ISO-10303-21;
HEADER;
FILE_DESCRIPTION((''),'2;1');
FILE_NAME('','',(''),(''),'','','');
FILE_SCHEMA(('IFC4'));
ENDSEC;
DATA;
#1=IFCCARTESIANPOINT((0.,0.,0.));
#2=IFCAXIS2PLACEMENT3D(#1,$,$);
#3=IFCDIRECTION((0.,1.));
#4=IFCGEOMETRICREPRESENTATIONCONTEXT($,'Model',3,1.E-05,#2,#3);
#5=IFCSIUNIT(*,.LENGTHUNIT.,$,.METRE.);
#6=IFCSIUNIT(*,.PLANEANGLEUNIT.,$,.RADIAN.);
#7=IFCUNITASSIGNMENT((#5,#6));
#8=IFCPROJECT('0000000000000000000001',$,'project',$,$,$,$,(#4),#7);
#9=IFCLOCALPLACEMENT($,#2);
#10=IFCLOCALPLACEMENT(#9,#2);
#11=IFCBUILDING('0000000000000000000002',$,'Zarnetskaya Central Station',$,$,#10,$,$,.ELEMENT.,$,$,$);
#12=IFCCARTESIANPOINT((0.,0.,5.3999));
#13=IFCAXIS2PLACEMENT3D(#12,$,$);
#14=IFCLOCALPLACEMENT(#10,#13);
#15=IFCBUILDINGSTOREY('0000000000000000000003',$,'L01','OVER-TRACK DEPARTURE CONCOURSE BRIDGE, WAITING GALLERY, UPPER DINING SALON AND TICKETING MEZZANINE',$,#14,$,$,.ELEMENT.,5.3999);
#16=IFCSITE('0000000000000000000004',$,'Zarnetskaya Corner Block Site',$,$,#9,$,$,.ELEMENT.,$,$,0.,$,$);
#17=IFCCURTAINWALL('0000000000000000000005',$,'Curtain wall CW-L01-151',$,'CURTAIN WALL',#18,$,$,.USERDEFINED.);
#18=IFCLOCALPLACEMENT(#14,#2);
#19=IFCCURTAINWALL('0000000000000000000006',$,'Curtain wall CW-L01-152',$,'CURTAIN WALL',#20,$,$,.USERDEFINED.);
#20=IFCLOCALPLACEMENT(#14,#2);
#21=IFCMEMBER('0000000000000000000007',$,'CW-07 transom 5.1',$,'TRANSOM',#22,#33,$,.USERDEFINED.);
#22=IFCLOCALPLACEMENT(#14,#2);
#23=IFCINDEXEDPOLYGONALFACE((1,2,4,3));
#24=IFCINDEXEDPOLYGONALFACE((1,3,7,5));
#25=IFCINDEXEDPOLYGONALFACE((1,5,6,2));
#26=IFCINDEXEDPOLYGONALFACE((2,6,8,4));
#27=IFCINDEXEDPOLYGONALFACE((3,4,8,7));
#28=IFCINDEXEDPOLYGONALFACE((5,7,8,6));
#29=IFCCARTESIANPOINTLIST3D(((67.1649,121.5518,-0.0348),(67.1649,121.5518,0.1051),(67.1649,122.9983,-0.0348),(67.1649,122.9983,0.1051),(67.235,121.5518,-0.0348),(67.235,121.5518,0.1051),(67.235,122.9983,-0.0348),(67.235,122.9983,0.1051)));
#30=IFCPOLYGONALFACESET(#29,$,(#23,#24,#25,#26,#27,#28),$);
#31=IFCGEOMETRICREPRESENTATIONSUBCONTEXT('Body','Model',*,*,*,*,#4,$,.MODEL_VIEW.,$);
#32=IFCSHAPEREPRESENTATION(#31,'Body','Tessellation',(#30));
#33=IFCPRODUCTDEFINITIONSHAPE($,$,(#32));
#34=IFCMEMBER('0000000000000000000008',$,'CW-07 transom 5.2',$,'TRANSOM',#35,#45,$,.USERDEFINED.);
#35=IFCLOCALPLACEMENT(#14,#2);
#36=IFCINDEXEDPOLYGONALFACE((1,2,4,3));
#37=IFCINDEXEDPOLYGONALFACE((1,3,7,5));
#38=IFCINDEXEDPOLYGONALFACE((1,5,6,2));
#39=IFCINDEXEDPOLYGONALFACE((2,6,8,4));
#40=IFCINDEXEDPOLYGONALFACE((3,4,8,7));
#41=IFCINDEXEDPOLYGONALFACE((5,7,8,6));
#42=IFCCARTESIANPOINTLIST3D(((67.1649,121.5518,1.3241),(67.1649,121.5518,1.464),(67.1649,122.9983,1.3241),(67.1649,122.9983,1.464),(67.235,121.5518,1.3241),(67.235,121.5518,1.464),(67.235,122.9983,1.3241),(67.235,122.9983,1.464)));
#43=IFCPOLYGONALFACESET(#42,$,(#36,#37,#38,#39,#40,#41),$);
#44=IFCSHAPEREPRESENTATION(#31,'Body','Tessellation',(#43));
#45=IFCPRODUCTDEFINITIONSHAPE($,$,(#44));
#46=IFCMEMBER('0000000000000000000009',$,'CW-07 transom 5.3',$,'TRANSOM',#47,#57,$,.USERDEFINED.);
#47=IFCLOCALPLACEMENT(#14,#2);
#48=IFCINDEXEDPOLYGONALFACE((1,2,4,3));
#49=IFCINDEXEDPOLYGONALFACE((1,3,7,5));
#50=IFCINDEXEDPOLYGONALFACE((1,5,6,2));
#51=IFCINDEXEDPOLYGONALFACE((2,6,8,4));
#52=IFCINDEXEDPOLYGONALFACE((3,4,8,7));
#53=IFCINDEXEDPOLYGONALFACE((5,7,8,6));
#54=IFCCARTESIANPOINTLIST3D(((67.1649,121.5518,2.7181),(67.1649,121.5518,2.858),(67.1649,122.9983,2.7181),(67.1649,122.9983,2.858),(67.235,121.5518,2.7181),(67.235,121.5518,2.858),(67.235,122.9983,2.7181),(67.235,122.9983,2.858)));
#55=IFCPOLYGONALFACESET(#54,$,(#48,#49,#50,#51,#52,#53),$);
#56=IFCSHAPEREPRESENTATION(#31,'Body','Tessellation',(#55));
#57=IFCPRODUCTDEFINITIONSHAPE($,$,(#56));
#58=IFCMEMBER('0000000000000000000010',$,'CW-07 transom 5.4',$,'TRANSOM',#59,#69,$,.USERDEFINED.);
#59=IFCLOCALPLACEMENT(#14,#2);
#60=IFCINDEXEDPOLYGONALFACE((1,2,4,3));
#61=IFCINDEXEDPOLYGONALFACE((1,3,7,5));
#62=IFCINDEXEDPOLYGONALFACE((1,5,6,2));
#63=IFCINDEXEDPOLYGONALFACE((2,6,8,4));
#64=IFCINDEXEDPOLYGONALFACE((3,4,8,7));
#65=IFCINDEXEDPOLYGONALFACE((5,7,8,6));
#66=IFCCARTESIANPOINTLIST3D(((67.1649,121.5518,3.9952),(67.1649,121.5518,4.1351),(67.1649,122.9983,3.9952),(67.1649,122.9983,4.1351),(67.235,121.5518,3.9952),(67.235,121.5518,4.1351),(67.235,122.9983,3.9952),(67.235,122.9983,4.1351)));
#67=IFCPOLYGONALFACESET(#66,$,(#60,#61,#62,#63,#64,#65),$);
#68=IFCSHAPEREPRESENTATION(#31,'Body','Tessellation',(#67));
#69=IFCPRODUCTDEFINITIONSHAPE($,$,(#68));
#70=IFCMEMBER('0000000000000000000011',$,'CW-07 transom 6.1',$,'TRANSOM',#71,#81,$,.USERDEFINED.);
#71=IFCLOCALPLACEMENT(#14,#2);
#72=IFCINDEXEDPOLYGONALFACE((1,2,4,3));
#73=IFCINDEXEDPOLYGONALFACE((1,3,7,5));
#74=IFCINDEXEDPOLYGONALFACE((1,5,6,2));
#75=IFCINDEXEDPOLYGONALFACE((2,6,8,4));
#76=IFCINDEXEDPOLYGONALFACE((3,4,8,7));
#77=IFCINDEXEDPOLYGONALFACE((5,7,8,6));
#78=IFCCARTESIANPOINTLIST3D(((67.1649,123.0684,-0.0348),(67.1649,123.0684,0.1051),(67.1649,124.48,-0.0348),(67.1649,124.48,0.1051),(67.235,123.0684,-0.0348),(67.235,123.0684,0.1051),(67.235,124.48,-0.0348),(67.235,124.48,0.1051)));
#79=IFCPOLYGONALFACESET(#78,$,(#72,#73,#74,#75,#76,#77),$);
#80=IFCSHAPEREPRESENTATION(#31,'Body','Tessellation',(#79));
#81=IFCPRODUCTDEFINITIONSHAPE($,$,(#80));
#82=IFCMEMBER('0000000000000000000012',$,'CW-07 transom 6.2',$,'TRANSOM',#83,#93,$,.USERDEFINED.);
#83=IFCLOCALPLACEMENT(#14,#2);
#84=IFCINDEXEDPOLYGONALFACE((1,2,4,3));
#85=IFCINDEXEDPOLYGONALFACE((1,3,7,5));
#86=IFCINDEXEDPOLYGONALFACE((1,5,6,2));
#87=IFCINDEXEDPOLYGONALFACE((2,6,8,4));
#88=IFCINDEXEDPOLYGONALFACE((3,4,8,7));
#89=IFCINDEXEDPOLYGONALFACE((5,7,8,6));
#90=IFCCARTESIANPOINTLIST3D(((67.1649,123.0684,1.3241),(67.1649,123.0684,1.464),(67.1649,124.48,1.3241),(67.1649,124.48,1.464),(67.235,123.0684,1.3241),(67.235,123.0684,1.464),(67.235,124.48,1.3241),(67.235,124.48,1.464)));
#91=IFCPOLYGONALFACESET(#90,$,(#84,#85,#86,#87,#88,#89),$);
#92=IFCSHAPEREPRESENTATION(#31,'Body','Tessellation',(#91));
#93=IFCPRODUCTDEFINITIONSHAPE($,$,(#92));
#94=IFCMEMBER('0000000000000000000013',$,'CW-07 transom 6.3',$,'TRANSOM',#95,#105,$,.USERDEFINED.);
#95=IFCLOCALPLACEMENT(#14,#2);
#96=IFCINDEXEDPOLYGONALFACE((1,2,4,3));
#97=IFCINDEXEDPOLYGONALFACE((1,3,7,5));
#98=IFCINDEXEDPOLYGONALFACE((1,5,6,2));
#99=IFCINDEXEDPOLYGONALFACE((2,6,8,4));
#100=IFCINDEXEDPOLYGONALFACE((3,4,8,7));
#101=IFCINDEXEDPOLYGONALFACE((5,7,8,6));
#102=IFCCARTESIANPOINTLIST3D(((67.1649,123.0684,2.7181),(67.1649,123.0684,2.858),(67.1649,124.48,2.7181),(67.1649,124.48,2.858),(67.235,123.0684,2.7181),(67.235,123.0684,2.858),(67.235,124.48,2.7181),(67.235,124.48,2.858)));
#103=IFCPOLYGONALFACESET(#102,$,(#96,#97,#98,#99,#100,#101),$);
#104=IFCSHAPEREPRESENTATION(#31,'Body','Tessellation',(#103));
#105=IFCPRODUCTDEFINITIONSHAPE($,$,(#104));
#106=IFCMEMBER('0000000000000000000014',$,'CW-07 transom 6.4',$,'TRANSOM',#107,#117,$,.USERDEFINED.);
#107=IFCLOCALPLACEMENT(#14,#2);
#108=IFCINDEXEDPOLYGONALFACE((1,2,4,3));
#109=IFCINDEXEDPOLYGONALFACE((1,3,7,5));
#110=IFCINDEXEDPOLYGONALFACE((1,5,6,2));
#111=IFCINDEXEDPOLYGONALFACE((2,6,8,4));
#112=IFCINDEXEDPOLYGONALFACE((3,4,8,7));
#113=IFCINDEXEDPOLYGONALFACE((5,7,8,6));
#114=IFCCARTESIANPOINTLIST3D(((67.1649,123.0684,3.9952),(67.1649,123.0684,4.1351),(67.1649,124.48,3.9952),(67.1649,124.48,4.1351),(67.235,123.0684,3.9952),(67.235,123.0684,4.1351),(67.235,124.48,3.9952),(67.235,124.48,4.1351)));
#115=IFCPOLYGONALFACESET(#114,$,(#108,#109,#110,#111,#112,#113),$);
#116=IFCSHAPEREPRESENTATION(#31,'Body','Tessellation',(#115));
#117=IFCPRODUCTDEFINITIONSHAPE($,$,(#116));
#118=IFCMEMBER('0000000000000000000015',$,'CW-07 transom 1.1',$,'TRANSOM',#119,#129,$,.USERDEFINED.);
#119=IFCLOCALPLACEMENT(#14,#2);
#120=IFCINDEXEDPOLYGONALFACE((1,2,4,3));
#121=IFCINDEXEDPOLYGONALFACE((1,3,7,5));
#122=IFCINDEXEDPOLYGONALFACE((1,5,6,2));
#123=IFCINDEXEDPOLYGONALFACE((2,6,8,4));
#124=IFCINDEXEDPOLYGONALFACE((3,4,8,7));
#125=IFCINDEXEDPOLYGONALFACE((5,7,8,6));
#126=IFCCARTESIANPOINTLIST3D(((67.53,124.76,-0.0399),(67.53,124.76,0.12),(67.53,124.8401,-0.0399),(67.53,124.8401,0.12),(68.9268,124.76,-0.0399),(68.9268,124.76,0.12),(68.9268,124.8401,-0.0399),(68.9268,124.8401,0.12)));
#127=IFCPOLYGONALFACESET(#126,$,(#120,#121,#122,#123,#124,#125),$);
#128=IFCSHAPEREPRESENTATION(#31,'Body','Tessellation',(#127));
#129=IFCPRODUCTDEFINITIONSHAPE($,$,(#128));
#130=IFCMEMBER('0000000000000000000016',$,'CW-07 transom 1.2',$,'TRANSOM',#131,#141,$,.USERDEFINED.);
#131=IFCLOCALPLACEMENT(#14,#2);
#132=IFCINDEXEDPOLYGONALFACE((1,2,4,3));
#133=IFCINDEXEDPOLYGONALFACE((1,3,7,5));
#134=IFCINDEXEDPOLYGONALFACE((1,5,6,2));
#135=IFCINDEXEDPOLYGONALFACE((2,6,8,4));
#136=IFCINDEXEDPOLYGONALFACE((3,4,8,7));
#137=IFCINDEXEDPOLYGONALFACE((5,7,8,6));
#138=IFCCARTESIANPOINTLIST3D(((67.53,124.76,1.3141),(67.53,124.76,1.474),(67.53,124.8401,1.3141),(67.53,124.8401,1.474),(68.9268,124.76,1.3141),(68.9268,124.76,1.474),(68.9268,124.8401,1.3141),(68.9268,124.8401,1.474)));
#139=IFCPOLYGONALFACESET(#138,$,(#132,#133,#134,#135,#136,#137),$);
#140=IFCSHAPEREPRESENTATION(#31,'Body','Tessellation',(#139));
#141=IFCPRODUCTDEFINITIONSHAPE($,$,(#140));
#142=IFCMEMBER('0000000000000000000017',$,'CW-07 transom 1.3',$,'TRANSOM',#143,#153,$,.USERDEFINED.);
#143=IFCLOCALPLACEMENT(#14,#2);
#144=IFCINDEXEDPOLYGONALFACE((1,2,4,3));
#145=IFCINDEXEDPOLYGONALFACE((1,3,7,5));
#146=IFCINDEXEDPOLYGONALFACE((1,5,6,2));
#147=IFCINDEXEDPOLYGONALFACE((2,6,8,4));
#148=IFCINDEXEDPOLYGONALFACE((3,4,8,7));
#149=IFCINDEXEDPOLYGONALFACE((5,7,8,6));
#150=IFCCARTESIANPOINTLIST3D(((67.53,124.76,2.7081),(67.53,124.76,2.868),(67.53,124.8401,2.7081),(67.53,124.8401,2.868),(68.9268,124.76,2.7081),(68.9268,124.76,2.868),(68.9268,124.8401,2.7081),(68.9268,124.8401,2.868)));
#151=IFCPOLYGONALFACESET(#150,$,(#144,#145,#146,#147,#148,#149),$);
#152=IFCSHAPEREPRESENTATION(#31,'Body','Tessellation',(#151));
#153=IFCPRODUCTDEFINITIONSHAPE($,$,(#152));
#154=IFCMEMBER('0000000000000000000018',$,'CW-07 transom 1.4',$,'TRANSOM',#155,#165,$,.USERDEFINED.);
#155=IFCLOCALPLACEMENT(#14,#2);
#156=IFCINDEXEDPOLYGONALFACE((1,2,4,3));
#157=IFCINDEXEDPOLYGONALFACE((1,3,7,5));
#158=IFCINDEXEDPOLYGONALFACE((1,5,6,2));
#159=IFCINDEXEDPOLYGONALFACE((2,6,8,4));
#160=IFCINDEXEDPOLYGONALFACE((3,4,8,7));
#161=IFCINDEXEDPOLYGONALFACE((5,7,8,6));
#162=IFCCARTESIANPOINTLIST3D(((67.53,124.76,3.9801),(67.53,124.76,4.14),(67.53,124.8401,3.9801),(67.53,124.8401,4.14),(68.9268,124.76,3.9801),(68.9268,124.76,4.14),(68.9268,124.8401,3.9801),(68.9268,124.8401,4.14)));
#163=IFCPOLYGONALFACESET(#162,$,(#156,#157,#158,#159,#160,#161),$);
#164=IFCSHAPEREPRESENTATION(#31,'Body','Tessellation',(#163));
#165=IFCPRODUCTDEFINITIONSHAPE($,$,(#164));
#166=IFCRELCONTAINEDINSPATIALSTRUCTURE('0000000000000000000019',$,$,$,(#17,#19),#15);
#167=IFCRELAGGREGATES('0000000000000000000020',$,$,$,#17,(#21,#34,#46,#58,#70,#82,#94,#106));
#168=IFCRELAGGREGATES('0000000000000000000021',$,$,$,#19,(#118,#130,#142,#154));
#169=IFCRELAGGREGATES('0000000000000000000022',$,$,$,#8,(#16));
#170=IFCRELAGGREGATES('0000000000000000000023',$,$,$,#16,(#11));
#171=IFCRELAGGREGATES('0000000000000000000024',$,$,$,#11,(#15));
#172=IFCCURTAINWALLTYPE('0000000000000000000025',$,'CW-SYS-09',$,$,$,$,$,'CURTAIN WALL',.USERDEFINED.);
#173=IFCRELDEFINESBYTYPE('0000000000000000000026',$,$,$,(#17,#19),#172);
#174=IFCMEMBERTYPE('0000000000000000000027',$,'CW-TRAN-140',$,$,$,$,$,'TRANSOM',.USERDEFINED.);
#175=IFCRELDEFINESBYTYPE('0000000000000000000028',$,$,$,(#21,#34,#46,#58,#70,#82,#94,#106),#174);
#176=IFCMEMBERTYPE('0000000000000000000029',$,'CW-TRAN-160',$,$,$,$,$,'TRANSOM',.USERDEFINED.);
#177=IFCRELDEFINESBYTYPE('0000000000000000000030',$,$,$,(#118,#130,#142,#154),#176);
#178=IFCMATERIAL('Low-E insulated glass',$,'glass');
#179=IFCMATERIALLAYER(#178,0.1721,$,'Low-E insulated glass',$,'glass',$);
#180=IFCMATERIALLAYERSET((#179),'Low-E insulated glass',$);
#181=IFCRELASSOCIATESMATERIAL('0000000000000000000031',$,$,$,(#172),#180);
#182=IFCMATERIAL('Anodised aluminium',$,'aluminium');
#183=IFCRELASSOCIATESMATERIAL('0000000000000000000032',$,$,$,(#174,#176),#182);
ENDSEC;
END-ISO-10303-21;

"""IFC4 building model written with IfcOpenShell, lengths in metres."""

from ifc_helpers import new_model, si_unit, direction, frame, origin, origin_2d, place, context, subcontext, project, spatial, rectangle, extrude, material, layer, layer_set, material_profile, profile_set, type_object, element, aggregate, save


model = new_model("IFC4")

# Units and contexts
model_context = context("Model", 3, precision=1e-05, world=origin(), true_north=direction((0.0, 1.0)))
body_context = subcontext(model_context, "Body", "Model", "MODEL_VIEW")
ifc_project = project(units=[si_unit("LENGTHUNIT", "METRE"), si_unit("PLANEANGLEUNIT", "RADIAN")], contexts=[model_context])

# Site, building, storey
site_placement = place(None, origin())
site = spatial("IfcSite", under=ifc_project, at=site_placement, Name="Zarnetskaya Corner Block Site", CompositionType="ELEMENT", RefElevation=0.0)
building_placement = place(site_placement, origin())
building = spatial("IfcBuilding", under=site, at=building_placement, Name="Zarnetskaya Central Station", CompositionType="ELEMENT")
storey_placement = place(building_placement, frame((0.0, 0.0, 5.3999)))
storey = spatial("IfcBuildingStorey", under=building, at=storey_placement, Name="L01", Description="OVER-TRACK DEPARTURE CONCOURSE BRIDGE, WAITING GALLERY, UPPER DINING SALON AND TICKETING MEZZANINE", CompositionType="ELEMENT", Elevation=5.3999)

# Curtain wall
ifc_material_1 = material(Name="Low-E insulated glass", Category="glass")
ifc_layer_1 = layer(ifc_material_1, 0.1721, Name="Low-E insulated glass", Category="glass")
ifc_layer_set_1 = layer_set([ifc_layer_1], Name="Low-E insulated glass")
curtain_wall_type = type_object("IfcCurtainWallType", Name="CW-SYS-09", ElementType="CURTAIN WALL", PredefinedType="USERDEFINED", material=ifc_layer_set_1)
curtain_wall_1_placement = place(storey_placement, origin())
curtain_wall_1 = element("IfcCurtainWall", 1, at=curtain_wall_1_placement, inside=storey, type_object=curtain_wall_type, Name="Curtain wall CW-L01-151", ObjectType="CURTAIN WALL", PredefinedType="USERDEFINED")
ifc_material_2 = material(Name="Anodised aluminium", Category="aluminium")

# Curtain wall
curtain_wall_2_placement = place(storey_placement, origin())
curtain_wall_2 = element("IfcCurtainWall", 2, at=curtain_wall_2_placement, inside=storey, type_object=curtain_wall_type, Name="Curtain wall CW-L01-152", ObjectType="CURTAIN WALL", PredefinedType="USERDEFINED")

# Members
ifc_material_profile_1 = material_profile(ifc_material_2, rectangle(XDim=0.0701, YDim=0.1399, at=origin_2d()), Name="ALU TRAN 70x140")
ifc_profile_set_1 = profile_set([ifc_material_profile_1], Name="Anodised aluminium")
member_type_1 = type_object("IfcMemberType", Name="CW-TRAN-140", ElementType="TRANSOM", PredefinedType="USERDEFINED", material=ifc_profile_set_1)
member_1_placement = place(storey_placement, frame((67.2, 121.5518, 0.0352), z_axis=(0.0, 1.0, 0.0), x_axis=(-1.0, 0.0, 0.0)))
member_1 = element("IfcMember", 3, at=member_1_placement, type_object=member_type_1, Name="CW-07 transom 5.1", ObjectType="TRANSOM", PredefinedType="USERDEFINED", context=body_context, shape_type="SweptSolid", body=[
    extrude(rectangle(XDim=0.0701, YDim=0.1399, at=origin_2d()), origin(), (0.0, 0.0, 1.0), 1.4465),
])
member_2_placement = place(storey_placement, frame((67.2, 121.5518, 1.394), z_axis=(0.0, 1.0, 0.0), x_axis=(-1.0, 0.0, 0.0)))
member_2 = element("IfcMember", 4, at=member_2_placement, type_object=member_type_1, Name="CW-07 transom 5.2", ObjectType="TRANSOM", PredefinedType="USERDEFINED", context=body_context, shape_type="SweptSolid", body=[
    extrude(rectangle(XDim=0.0701, YDim=0.1399, at=origin_2d()), origin(), (0.0, 0.0, 1.0), 1.4465),
])
member_3_placement = place(storey_placement, frame((67.2, 121.5518, 2.7881), z_axis=(0.0, 1.0, 0.0), x_axis=(-1.0, 0.0, 0.0)))
member_3 = element("IfcMember", 5, at=member_3_placement, type_object=member_type_1, Name="CW-07 transom 5.3", ObjectType="TRANSOM", PredefinedType="USERDEFINED", context=body_context, shape_type="SweptSolid", body=[
    extrude(rectangle(XDim=0.0701, YDim=0.1399, at=origin_2d()), origin(), (0.0, 0.0, 1.0), 1.4465),
])
member_4_placement = place(storey_placement, frame((67.2, 121.5518, 4.0652), z_axis=(0.0, 1.0, 0.0), x_axis=(-1.0, 0.0, 0.0)))
member_4 = element("IfcMember", 6, at=member_4_placement, type_object=member_type_1, Name="CW-07 transom 5.4", ObjectType="TRANSOM", PredefinedType="USERDEFINED", context=body_context, shape_type="SweptSolid", body=[
    extrude(rectangle(XDim=0.0701, YDim=0.1399, at=origin_2d()), origin(), (0.0, 0.0, 1.0), 1.4465),
])
member_5_placement = place(storey_placement, frame((67.2, 123.0684, 0.0352), z_axis=(0.0, 1.0, 0.0), x_axis=(-1.0, 0.0, 0.0)))
member_5 = element("IfcMember", 7, at=member_5_placement, type_object=member_type_1, Name="CW-07 transom 6.1", ObjectType="TRANSOM", PredefinedType="USERDEFINED", context=body_context, shape_type="SweptSolid", body=[
    extrude(rectangle(XDim=0.0701, YDim=0.1399, at=origin_2d()), origin(), (0.0, 0.0, 1.0), 1.4116),
])
member_6_placement = place(storey_placement, frame((67.2, 123.0684, 1.394), z_axis=(0.0, 1.0, 0.0), x_axis=(-1.0, 0.0, 0.0)))
member_6 = element("IfcMember", 8, at=member_6_placement, type_object=member_type_1, Name="CW-07 transom 6.2", ObjectType="TRANSOM", PredefinedType="USERDEFINED", context=body_context, shape_type="SweptSolid", body=[
    extrude(rectangle(XDim=0.0701, YDim=0.1399, at=origin_2d()), origin(), (0.0, 0.0, 1.0), 1.4116),
])
member_7_placement = place(storey_placement, frame((67.2, 123.0684, 2.7881), z_axis=(0.0, 1.0, 0.0), x_axis=(-1.0, 0.0, 0.0)))
member_7 = element("IfcMember", 9, at=member_7_placement, type_object=member_type_1, Name="CW-07 transom 6.3", ObjectType="TRANSOM", PredefinedType="USERDEFINED", context=body_context, shape_type="SweptSolid", body=[
    extrude(rectangle(XDim=0.0701, YDim=0.1399, at=origin_2d()), origin(), (0.0, 0.0, 1.0), 1.4116),
])
member_8_placement = place(storey_placement, frame((67.2, 123.0684, 4.0652), z_axis=(0.0, 1.0, 0.0), x_axis=(-1.0, 0.0, 0.0)))
member_8 = element("IfcMember", 10, at=member_8_placement, type_object=member_type_1, Name="CW-07 transom 6.4", ObjectType="TRANSOM", PredefinedType="USERDEFINED", context=body_context, shape_type="SweptSolid", body=[
    extrude(rectangle(XDim=0.0701, YDim=0.1399, at=origin_2d()), origin(), (0.0, 0.0, 1.0), 1.4116),
])
ifc_material_profile_2 = material_profile(ifc_material_2, rectangle(XDim=0.0801, YDim=0.1599, at=origin_2d()), Name="ALU TRAN 80x160")
ifc_profile_set_2 = profile_set([ifc_material_profile_2], Name="Anodised aluminium")
member_type_2 = type_object("IfcMemberType", Name="CW-TRAN-160", ElementType="TRANSOM", PredefinedType="USERDEFINED", material=ifc_profile_set_2)
member_9_placement = place(storey_placement, frame((67.53, 124.8, 0.04), z_axis=(1.0, 0.0, 0.0), x_axis=(0.0, 1.0, 0.0)))
member_9 = element("IfcMember", 11, at=member_9_placement, type_object=member_type_2, Name="CW-07 transom 1.1", ObjectType="TRANSOM", PredefinedType="USERDEFINED", context=body_context, shape_type="SweptSolid", body=[
    extrude(rectangle(XDim=0.0801, YDim=0.1599, at=origin_2d()), origin(), (0.0, 0.0, 1.0), 1.3967),
])
member_10_placement = place(storey_placement, frame((67.53, 124.8, 1.394), z_axis=(1.0, 0.0, 0.0), x_axis=(0.0, 1.0, 0.0)))
member_10 = element("IfcMember", 12, at=member_10_placement, type_object=member_type_2, Name="CW-07 transom 1.2", ObjectType="TRANSOM", PredefinedType="USERDEFINED", context=body_context, shape_type="SweptSolid", body=[
    extrude(rectangle(XDim=0.0801, YDim=0.1599, at=origin_2d()), origin(), (0.0, 0.0, 1.0), 1.3967),
])
member_11_placement = place(storey_placement, frame((67.53, 124.8, 2.7881), z_axis=(1.0, 0.0, 0.0), x_axis=(0.0, 1.0, 0.0)))
member_11 = element("IfcMember", 13, at=member_11_placement, type_object=member_type_2, Name="CW-07 transom 1.3", ObjectType="TRANSOM", PredefinedType="USERDEFINED", context=body_context, shape_type="SweptSolid", body=[
    extrude(rectangle(XDim=0.0801, YDim=0.1599, at=origin_2d()), origin(), (0.0, 0.0, 1.0), 1.3967),
])
member_12_placement = place(storey_placement, frame((67.53, 124.8, 4.0601), z_axis=(1.0, 0.0, 0.0), x_axis=(0.0, 1.0, 0.0)))
member_12 = element("IfcMember", 14, at=member_12_placement, type_object=member_type_2, Name="CW-07 transom 1.4", ObjectType="TRANSOM", PredefinedType="USERDEFINED", context=body_context, shape_type="SweptSolid", body=[
    extrude(rectangle(XDim=0.0801, YDim=0.1599, at=origin_2d()), origin(), (0.0, 0.0, 1.0), 1.3967),
])

aggregate(curtain_wall_1, [member_1, member_2, member_3, member_4, member_5, member_6, member_7, member_8])
aggregate(curtain_wall_2, [member_9, member_10, member_11, member_12])

save(model, "model.ifc")
